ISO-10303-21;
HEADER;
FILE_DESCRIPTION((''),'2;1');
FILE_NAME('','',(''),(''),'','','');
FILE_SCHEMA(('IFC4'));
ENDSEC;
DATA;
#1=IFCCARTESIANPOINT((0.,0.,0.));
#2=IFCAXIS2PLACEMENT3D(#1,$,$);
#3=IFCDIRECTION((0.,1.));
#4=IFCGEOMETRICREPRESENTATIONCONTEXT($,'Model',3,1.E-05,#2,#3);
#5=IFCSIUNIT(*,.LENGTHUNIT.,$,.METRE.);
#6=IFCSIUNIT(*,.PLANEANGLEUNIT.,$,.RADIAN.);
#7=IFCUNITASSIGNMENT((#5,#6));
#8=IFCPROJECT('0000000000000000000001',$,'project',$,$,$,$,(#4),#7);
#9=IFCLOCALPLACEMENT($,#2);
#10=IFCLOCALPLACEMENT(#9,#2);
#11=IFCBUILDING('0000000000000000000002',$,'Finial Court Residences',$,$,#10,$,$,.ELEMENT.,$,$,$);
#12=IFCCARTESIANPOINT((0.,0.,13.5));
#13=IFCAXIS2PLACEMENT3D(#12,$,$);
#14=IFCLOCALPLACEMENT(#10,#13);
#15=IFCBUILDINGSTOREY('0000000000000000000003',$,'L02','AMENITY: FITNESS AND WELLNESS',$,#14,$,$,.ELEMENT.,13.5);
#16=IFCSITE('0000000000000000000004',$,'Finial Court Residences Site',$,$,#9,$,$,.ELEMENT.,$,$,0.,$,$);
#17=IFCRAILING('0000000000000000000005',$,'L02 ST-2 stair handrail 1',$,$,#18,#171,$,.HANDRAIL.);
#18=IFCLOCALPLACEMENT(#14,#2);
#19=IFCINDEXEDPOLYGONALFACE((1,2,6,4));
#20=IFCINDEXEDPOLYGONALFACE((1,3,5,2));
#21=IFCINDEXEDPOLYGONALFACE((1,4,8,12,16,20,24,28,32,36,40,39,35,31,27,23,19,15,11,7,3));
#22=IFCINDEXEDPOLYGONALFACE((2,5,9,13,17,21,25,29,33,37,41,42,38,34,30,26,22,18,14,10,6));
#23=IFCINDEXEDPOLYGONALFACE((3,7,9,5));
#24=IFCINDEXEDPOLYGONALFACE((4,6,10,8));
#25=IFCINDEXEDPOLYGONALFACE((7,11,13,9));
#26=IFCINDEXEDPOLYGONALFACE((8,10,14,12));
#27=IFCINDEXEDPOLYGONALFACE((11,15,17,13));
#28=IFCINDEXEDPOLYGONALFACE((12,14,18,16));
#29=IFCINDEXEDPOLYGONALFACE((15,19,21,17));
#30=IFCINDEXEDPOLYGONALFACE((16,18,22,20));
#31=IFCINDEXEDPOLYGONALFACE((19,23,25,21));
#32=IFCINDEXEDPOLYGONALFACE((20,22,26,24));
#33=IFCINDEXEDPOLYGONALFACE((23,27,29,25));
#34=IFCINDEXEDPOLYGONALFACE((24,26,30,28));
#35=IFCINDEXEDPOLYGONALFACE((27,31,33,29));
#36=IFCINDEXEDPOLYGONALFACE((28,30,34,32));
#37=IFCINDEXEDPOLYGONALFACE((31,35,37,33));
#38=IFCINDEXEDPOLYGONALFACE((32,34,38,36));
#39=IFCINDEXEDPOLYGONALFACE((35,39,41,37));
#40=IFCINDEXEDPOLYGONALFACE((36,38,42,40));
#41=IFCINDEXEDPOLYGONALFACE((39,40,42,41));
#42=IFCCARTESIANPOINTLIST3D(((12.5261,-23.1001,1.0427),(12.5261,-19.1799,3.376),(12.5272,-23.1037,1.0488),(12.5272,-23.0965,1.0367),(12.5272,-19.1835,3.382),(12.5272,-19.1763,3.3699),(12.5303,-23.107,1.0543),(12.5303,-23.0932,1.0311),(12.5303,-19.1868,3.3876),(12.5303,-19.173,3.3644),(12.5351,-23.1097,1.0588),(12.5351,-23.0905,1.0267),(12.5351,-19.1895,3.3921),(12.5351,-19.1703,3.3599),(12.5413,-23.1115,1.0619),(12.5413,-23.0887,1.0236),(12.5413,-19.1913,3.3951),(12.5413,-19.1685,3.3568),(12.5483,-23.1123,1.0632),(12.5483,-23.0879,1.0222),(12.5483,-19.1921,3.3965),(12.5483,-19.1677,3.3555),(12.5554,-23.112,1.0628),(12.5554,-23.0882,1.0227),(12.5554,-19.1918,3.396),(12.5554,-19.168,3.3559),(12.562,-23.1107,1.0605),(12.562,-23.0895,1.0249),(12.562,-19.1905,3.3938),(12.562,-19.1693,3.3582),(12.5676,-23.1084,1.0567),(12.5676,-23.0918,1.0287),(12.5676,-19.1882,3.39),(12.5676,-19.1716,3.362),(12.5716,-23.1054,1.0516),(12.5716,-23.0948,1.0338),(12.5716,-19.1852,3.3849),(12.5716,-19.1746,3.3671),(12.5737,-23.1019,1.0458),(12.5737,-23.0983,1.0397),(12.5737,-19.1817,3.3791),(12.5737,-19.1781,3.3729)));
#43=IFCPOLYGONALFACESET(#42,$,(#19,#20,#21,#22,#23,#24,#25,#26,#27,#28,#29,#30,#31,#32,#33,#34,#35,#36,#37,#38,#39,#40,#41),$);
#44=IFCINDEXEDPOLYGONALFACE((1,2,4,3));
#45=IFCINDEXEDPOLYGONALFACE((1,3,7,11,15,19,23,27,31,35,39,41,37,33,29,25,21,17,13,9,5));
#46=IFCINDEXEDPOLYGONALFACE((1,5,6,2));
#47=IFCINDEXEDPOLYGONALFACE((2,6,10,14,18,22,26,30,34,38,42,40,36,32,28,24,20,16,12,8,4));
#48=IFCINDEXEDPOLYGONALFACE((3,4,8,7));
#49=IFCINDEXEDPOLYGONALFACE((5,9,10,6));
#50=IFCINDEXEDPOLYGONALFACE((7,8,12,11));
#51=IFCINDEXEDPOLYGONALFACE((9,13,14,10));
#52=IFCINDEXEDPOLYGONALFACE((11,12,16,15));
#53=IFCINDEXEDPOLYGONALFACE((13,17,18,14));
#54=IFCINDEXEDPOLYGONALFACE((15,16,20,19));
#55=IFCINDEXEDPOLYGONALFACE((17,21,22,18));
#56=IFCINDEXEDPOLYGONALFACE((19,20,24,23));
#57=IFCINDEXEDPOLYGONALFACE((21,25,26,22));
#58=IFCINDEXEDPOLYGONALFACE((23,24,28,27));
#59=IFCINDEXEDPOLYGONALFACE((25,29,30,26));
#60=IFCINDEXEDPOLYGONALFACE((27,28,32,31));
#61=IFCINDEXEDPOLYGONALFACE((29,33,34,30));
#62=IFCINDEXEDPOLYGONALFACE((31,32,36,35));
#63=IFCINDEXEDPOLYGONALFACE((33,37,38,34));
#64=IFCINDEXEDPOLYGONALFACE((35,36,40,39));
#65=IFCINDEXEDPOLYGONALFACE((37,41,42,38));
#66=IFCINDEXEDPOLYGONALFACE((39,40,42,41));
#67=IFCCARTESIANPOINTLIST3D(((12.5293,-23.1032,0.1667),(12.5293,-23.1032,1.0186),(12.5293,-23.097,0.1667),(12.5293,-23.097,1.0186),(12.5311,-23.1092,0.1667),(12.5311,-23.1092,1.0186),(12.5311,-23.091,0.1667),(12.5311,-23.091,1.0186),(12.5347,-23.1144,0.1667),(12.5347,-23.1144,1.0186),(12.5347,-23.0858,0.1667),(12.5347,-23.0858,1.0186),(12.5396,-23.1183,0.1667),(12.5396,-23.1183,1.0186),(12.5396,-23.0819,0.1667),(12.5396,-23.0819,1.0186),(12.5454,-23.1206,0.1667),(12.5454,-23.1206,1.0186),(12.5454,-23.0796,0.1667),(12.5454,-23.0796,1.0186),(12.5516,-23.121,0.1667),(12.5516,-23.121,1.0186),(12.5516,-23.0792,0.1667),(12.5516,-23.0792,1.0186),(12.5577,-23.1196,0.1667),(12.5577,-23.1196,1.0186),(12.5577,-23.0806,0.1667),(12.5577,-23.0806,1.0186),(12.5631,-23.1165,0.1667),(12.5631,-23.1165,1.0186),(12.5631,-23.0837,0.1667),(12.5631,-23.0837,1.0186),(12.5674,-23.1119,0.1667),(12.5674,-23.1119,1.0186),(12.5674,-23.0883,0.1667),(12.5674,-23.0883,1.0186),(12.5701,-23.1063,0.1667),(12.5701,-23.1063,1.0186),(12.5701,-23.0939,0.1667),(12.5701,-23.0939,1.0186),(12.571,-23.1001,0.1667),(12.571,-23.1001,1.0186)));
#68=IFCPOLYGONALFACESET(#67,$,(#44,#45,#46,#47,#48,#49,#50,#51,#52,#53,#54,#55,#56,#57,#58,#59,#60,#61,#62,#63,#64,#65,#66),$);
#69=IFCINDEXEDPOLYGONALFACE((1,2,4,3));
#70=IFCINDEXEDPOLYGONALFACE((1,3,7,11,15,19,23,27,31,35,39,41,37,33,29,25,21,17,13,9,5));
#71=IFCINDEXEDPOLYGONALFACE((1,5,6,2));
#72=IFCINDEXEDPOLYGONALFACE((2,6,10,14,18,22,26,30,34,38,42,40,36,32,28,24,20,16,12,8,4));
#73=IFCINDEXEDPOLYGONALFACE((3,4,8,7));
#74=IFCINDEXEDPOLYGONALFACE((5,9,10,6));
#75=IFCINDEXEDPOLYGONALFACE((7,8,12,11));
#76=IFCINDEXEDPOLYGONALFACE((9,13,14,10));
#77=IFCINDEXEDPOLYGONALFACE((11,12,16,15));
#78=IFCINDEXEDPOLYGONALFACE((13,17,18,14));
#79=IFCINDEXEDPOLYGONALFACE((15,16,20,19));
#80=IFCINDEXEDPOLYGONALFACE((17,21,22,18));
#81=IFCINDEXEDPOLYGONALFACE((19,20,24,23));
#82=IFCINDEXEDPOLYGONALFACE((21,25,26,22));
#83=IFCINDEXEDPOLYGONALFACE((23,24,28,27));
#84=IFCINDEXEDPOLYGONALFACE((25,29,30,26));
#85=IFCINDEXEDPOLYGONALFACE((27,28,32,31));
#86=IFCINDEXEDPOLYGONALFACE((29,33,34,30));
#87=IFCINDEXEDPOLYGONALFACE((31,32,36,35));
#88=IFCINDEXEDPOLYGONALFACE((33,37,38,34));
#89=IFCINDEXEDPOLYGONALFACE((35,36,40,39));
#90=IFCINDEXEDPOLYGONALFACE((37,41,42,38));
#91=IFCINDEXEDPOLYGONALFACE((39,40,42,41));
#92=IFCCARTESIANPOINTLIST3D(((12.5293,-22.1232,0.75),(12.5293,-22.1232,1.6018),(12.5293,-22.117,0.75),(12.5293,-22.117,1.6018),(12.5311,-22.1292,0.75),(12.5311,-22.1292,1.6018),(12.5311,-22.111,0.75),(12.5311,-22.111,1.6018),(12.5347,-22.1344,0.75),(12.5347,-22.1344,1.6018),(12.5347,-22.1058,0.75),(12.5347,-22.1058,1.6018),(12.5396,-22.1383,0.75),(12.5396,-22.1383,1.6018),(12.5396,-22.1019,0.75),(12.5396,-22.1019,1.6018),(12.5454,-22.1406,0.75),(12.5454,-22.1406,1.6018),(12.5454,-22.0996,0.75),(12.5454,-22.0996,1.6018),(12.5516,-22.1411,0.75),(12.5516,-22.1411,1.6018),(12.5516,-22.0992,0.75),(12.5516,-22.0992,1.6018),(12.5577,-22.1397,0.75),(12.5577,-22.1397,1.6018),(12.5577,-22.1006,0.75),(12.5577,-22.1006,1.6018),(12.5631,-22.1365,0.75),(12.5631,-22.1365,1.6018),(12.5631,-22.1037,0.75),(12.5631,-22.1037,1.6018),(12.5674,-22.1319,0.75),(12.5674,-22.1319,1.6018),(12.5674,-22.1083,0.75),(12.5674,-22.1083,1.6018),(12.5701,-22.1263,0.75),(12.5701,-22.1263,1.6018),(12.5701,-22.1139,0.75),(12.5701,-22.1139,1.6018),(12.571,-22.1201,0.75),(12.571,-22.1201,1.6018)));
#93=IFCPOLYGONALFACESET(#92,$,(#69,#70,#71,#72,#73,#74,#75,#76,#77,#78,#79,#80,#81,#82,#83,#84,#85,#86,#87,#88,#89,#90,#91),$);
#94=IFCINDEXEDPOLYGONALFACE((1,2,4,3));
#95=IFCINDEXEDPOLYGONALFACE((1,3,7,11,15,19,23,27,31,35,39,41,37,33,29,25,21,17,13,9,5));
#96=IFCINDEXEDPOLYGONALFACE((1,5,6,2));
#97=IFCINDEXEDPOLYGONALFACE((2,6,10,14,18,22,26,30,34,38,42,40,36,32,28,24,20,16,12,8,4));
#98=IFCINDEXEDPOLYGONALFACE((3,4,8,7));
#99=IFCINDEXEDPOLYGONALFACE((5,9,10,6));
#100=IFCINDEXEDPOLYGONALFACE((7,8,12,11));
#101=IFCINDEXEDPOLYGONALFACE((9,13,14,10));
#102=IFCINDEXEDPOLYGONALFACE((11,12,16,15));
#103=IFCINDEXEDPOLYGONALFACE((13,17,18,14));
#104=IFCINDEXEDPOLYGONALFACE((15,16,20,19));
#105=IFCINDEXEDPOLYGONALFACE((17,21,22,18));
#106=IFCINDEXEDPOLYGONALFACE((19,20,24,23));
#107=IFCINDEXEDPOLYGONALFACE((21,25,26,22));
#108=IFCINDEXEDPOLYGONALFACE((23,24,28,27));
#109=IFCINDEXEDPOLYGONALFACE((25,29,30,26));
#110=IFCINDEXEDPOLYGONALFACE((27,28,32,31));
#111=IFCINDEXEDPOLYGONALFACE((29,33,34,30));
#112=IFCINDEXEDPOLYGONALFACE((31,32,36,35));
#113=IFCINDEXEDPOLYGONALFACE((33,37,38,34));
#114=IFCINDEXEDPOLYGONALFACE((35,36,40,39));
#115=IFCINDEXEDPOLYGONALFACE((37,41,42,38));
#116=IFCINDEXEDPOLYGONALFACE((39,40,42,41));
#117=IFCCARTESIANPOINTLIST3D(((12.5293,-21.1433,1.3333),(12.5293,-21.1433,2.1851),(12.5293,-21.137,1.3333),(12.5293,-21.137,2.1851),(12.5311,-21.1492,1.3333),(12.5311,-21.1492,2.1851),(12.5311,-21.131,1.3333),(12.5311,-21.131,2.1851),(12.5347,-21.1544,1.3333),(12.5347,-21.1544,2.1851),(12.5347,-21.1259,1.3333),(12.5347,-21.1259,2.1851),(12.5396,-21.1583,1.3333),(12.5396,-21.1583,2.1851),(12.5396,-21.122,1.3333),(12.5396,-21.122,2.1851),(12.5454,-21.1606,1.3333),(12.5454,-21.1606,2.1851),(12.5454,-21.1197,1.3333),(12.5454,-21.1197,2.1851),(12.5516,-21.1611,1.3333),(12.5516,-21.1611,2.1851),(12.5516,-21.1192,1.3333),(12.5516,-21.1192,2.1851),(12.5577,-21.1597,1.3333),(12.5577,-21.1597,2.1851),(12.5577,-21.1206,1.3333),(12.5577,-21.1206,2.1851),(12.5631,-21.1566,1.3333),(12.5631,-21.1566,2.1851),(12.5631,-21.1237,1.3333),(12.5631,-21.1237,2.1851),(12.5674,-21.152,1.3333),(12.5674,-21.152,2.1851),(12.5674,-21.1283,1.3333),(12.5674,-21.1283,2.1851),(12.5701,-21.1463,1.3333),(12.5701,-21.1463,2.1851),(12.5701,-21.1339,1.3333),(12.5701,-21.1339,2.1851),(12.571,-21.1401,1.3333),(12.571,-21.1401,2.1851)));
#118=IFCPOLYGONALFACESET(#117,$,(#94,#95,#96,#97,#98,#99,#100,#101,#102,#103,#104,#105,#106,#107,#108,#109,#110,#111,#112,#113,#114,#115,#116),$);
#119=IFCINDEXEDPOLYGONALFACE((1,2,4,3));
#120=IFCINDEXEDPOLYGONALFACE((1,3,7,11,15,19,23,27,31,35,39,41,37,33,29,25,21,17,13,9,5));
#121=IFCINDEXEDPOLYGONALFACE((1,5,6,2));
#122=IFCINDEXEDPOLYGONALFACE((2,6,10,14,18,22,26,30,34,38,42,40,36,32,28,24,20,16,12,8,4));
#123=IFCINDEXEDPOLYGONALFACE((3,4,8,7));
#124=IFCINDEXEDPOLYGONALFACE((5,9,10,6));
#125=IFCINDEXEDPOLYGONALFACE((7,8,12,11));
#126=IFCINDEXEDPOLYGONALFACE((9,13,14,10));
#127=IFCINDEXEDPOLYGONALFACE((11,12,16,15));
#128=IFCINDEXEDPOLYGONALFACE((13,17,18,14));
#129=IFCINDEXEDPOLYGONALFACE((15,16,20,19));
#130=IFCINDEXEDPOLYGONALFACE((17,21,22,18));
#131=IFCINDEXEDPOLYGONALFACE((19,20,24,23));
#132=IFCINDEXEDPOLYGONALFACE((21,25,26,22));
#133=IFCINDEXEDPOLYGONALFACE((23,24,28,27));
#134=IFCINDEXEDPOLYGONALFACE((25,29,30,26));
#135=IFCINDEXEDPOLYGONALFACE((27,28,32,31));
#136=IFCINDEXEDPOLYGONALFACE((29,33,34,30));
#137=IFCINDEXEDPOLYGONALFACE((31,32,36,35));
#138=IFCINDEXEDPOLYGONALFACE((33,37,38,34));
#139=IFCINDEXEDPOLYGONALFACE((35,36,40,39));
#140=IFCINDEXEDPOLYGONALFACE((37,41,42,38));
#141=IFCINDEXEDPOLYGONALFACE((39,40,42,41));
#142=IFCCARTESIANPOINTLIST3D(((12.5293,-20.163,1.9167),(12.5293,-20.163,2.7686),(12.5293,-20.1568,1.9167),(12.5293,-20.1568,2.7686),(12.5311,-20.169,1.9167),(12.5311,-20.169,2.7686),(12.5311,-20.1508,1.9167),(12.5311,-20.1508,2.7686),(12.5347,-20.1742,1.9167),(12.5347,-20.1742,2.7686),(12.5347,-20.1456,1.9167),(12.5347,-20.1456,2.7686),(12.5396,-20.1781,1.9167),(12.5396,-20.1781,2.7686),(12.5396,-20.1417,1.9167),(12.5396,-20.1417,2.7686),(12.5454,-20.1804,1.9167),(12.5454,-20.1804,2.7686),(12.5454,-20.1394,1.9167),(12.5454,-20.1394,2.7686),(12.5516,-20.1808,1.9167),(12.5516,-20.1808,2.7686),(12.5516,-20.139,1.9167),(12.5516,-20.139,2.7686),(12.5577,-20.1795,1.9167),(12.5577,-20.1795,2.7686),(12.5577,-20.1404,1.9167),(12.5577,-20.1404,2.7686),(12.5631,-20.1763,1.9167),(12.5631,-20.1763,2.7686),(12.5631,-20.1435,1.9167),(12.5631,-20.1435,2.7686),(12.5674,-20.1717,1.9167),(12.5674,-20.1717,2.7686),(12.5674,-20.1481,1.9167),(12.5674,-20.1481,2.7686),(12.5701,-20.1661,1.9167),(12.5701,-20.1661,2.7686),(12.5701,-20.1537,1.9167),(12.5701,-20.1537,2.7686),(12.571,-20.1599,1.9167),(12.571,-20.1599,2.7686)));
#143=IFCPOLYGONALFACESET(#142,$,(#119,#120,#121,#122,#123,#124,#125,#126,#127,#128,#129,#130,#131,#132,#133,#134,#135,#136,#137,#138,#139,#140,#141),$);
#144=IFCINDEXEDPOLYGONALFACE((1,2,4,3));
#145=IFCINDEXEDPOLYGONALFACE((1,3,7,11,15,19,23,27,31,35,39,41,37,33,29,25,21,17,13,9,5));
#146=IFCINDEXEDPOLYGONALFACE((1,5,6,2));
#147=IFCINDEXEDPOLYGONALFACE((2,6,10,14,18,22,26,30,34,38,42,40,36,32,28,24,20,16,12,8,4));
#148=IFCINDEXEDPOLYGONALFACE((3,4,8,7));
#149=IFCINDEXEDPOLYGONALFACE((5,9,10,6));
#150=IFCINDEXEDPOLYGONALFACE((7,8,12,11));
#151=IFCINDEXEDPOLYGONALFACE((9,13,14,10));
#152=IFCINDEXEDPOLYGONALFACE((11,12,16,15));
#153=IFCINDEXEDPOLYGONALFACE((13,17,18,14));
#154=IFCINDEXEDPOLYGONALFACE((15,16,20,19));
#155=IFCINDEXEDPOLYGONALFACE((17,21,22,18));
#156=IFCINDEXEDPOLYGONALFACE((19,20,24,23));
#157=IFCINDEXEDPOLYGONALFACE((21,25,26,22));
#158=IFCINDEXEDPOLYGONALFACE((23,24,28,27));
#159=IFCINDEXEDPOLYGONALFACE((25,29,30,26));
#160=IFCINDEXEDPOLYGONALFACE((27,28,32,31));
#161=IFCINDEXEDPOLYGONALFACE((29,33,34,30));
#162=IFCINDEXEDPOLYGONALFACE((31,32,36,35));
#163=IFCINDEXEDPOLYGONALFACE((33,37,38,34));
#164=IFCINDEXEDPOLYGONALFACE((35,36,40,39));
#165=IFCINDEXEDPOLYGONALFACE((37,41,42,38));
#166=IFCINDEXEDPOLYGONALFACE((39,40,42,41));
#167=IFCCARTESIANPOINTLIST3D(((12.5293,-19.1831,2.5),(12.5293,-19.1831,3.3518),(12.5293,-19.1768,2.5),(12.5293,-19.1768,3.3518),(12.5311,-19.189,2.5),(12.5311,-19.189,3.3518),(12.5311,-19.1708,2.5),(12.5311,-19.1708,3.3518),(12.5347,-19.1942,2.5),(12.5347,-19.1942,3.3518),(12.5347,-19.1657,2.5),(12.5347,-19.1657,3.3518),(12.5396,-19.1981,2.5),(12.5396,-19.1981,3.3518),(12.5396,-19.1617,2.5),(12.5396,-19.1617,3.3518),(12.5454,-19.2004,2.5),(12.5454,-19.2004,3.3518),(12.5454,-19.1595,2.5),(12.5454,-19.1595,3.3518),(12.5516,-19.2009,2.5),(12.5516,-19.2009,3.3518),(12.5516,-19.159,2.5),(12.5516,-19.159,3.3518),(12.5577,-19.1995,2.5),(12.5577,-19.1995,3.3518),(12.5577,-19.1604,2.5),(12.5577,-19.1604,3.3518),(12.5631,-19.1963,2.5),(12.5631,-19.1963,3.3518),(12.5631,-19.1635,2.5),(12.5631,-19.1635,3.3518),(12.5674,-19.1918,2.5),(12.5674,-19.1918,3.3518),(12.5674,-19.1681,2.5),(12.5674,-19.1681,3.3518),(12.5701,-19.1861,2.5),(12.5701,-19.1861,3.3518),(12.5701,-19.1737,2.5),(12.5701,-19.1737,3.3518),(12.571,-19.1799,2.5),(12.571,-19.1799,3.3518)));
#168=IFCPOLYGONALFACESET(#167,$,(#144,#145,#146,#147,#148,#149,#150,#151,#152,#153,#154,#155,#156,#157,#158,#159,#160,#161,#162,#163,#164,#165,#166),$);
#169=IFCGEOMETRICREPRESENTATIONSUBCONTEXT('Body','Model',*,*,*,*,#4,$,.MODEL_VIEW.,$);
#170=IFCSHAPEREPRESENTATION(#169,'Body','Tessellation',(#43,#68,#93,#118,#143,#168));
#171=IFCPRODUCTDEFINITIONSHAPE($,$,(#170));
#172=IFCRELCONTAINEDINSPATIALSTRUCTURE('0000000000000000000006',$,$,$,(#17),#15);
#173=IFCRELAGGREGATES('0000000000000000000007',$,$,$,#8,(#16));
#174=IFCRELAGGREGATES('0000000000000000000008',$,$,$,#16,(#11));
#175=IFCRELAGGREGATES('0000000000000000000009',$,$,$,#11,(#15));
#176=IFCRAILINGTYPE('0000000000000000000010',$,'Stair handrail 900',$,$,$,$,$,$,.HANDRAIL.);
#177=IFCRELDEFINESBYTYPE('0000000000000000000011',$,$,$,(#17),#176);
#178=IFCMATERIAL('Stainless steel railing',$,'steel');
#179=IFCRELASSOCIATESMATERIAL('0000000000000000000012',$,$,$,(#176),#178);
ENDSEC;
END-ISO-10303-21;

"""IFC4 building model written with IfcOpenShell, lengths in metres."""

from ifc_helpers import new_model, si_unit, direction, frame, origin, origin_2d, place, context, subcontext, project, spatial, circle, extrude, material, type_object, element, save


model = new_model("IFC4")

# Units and contexts
model_context = context("Model", 3, precision=1e-05, world=origin(), true_north=direction((0.0, 1.0)))
body_context = subcontext(model_context, "Body", "Model", "MODEL_VIEW")
ifc_project = project(units=[si_unit("LENGTHUNIT", "METRE"), si_unit("PLANEANGLEUNIT", "RADIAN")], contexts=[model_context])

# Site, building, storey
site_placement = place(None, origin())
site = spatial("IfcSite", under=ifc_project, at=site_placement, Name="Finial Court Residences Site", CompositionType="ELEMENT", RefElevation=0.0)
building_placement = place(site_placement, origin())
building = spatial("IfcBuilding", under=site, at=building_placement, Name="Finial Court Residences", CompositionType="ELEMENT")
storey_placement = place(building_placement, frame((0.0, 0.0, 13.5)))
storey = spatial("IfcBuildingStorey", under=building, at=storey_placement, Name="L02", Description="AMENITY: FITNESS AND WELLNESS", CompositionType="ELEMENT", Elevation=13.5)

# Railing
ifc_material_1 = material(Name="Stainless steel railing", Category="steel")
railing_type_1 = type_object("IfcRailingType", Name="Stair handrail 900", PredefinedType="HANDRAIL", material=ifc_material_1)
railing_1_placement = place(storey_placement, frame((12.55, -23.1001, 0.1667)))
element("IfcRailing", 1, at=railing_1_placement, inside=storey, type_object=railing_type_1, Name="L02 ST-2 stair handrail 1", PredefinedType="HANDRAIL", context=body_context, shape_type="SweptSolid", body=[
    extrude(circle(Radius=0.0239, at=origin_2d()), frame((0.0, 0.0, 0.876), z_axis=(0.0, 0.85931, 0.511455), x_axis=(-1.0, 0.0, 0.0)), (0.0, 0.0, 1.0), 4.562),
    extrude(circle(Radius=0.021, at=origin_2d()), origin(), (0.0, 0.0, 1.0), 0.8518),
    extrude(circle(Radius=0.021, at=origin_2d()), frame((0.0, 0.98, 0.5833)), (0.0, 0.0, 1.0), 0.8518),
    extrude(circle(Radius=0.021, at=origin_2d()), frame((0.0, 1.96, 1.1665)), (0.0, 0.0, 1.0), 0.8518),
    extrude(circle(Radius=0.021, at=origin_2d()), frame((0.0, 2.9402, 1.75)), (0.0, 0.0, 1.0), 0.8518),
    extrude(circle(Radius=0.021, at=origin_2d()), frame((0.0, 3.9202, 2.3333)), (0.0, 0.0, 1.0), 0.8518),
])

save(model, "model.ifc")
